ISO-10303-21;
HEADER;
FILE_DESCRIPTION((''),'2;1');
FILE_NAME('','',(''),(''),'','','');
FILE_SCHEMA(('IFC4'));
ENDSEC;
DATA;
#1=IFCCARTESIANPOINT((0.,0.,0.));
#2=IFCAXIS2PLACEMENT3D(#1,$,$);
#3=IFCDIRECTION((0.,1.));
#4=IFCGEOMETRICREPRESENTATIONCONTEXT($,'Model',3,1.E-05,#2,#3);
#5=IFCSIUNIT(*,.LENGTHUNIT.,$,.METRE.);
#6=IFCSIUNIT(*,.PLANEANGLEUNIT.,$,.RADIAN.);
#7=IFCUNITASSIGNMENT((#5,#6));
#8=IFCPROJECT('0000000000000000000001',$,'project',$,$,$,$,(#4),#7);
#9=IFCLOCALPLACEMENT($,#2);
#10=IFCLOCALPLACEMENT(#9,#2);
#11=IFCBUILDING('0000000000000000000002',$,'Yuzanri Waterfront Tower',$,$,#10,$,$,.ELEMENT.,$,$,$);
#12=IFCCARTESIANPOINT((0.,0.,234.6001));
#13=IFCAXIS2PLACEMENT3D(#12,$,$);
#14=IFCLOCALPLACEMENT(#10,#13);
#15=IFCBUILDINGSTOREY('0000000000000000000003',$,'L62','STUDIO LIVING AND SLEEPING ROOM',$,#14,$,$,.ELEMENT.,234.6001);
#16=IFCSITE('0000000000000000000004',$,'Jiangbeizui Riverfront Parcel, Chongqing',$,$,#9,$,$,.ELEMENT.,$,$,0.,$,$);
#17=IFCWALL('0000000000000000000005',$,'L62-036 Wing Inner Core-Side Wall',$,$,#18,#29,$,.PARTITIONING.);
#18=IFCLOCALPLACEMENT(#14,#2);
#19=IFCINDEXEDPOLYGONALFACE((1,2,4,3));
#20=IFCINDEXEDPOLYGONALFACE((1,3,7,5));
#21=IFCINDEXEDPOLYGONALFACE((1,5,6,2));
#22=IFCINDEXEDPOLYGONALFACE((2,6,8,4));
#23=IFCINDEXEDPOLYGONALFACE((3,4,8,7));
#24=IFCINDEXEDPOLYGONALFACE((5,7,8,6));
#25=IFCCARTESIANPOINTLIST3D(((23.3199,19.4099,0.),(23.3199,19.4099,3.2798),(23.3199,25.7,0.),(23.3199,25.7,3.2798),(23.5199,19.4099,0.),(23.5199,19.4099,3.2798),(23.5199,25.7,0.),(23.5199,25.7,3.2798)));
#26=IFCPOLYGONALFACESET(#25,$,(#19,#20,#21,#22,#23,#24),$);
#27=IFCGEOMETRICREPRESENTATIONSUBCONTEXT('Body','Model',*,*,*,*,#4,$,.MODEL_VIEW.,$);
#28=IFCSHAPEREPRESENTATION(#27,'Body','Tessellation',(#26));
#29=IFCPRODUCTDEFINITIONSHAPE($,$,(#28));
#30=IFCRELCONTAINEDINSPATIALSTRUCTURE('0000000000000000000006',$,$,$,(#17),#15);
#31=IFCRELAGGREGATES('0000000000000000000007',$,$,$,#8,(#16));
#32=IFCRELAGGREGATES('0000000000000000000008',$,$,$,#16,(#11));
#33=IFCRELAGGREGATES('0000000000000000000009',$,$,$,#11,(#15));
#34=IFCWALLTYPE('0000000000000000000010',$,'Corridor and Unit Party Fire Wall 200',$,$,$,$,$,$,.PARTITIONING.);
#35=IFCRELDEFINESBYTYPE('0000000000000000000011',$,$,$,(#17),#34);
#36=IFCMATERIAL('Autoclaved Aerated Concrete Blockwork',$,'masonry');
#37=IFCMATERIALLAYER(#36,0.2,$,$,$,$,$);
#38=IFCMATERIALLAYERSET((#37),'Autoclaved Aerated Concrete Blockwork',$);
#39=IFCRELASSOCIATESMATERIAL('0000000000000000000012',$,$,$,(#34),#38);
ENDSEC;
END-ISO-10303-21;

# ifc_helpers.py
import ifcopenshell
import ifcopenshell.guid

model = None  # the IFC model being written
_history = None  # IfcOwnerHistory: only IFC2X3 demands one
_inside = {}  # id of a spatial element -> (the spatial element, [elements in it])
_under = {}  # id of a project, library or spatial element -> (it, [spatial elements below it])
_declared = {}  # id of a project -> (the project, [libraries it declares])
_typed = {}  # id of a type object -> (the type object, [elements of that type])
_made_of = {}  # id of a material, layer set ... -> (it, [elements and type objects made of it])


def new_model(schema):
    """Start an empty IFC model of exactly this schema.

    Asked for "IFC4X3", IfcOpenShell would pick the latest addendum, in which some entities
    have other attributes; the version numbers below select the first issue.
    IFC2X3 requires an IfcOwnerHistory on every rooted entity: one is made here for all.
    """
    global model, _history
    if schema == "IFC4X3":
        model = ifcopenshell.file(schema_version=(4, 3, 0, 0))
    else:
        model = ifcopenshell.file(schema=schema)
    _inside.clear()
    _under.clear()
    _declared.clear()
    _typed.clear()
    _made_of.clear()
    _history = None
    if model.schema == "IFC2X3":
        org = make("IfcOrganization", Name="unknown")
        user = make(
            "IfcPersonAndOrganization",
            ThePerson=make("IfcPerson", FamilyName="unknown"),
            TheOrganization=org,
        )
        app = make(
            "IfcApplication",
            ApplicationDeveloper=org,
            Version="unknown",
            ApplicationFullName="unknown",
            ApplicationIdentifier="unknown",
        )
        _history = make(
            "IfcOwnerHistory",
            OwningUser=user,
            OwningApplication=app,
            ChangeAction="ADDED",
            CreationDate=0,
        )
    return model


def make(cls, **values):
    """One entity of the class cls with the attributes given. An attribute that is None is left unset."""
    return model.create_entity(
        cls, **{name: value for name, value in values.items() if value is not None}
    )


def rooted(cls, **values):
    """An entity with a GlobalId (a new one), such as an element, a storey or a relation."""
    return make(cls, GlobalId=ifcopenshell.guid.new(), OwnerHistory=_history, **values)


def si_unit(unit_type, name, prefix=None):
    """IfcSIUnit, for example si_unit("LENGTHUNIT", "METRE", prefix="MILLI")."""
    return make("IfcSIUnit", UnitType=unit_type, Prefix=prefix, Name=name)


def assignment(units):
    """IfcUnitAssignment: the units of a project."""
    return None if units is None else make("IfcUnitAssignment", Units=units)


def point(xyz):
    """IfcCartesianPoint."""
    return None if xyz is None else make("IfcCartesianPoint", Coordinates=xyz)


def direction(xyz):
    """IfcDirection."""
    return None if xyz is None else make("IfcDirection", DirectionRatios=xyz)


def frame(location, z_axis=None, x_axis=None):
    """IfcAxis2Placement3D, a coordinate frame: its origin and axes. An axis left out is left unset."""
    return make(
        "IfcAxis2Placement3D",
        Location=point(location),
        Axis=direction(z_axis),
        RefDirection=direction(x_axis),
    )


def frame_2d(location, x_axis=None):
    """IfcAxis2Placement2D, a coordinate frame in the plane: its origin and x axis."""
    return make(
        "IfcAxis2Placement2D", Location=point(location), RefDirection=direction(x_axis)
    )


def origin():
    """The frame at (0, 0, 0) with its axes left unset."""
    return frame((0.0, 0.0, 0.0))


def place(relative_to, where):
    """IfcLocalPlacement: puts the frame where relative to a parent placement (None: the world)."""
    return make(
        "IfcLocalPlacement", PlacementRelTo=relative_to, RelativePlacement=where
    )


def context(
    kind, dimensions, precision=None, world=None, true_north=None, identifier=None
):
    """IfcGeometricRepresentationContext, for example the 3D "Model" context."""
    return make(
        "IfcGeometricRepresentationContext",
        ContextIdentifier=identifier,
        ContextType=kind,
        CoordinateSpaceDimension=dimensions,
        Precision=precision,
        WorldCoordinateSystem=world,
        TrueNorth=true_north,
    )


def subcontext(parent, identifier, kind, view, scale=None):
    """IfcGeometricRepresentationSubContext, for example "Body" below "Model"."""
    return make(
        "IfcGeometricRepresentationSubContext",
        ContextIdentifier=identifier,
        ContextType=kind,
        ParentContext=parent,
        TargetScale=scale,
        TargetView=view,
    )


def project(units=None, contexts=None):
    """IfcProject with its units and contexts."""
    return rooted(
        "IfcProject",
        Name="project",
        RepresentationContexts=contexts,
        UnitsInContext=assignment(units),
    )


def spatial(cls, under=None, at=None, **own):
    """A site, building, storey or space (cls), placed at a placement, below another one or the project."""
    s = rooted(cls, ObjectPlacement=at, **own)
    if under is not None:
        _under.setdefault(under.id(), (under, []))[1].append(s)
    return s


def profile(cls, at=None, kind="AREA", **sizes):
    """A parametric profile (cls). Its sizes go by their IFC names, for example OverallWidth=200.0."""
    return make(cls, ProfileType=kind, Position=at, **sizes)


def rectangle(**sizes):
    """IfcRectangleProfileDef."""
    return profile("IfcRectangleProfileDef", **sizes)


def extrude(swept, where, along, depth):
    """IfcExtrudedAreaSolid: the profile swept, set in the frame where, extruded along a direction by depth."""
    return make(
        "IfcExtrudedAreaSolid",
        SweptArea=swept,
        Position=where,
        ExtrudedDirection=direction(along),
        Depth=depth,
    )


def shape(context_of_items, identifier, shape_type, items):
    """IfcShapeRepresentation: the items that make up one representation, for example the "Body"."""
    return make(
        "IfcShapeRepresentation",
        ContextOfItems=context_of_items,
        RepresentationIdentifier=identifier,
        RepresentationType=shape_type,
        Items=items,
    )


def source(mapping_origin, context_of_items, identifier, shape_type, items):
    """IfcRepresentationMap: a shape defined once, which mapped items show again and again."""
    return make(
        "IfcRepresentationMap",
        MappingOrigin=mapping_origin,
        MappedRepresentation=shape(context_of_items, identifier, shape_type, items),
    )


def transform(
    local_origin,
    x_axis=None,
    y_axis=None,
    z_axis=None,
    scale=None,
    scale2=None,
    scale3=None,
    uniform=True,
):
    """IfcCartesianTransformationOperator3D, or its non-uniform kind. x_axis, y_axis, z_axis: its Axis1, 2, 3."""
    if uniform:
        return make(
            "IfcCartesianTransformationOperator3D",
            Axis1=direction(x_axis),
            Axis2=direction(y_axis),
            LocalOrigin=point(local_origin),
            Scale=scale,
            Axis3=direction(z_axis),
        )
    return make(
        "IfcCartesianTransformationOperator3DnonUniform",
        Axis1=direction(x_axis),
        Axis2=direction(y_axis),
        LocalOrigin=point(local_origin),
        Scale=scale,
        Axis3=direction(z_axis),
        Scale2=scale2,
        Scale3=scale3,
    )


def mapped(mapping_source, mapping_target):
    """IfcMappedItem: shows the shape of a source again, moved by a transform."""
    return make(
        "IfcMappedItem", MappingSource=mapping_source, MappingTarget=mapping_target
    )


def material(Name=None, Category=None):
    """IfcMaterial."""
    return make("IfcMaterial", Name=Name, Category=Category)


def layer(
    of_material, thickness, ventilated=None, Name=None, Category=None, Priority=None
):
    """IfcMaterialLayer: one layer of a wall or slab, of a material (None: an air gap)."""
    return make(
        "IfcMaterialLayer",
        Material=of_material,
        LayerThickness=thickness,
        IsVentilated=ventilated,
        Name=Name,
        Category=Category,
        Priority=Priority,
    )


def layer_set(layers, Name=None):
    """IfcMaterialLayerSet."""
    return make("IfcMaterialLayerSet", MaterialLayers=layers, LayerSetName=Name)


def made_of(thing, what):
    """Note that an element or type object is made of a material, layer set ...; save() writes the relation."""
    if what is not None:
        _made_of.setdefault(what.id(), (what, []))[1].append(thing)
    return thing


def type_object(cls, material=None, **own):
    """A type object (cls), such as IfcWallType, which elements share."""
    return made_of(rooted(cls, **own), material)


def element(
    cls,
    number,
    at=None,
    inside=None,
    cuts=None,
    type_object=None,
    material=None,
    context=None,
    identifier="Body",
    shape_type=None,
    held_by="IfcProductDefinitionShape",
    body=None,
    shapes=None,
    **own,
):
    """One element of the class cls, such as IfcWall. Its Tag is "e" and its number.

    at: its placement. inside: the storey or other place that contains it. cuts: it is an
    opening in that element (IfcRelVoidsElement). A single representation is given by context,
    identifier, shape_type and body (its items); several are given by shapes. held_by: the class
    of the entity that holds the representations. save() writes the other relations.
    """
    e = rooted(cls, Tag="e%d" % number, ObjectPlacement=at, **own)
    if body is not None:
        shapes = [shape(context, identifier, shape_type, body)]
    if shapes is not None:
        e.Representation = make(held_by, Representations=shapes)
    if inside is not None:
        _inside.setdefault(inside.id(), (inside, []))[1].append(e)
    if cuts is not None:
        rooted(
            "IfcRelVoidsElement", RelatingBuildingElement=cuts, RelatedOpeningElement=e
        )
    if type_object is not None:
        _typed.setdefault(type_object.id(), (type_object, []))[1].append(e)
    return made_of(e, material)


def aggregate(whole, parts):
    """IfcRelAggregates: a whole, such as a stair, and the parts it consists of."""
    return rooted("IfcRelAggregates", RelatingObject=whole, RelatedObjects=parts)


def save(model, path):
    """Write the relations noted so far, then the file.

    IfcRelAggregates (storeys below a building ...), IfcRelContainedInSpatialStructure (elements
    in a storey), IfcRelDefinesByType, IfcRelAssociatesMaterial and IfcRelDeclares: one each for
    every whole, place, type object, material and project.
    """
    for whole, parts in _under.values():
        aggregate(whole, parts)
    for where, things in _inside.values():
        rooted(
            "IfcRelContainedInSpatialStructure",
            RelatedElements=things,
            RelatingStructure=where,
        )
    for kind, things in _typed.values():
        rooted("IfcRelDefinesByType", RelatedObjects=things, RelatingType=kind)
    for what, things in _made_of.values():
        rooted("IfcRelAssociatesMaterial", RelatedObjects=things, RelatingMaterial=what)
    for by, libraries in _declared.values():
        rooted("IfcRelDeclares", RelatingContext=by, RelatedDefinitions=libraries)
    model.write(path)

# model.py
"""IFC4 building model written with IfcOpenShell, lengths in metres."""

from ifc_helpers import new_model, si_unit, direction, frame, frame_2d, origin, place, context, subcontext, project, spatial, rectangle, extrude, source, transform, mapped, material, layer, layer_set, type_object, element, save


model = new_model("IFC4")

# Units and contexts
model_context = context("Model", 3, precision=1e-05, world=origin(), true_north=direction((0.0, 1.0)))
body_context = subcontext(model_context, "Body", "Model", "MODEL_VIEW")
ifc_project = project(units=[si_unit("LENGTHUNIT", "METRE"), si_unit("PLANEANGLEUNIT", "RADIAN")], contexts=[model_context])

# Site, building, storey
site_placement = place(None, origin())
site = spatial("IfcSite", under=ifc_project, at=site_placement, Name="Jiangbeizui Riverfront Parcel, Chongqing", CompositionType="ELEMENT", RefElevation=0.0)
building_placement = place(site_placement, origin())
building = spatial("IfcBuilding", under=site, at=building_placement, Name="Yuzanri Waterfront Tower", CompositionType="ELEMENT")
storey_placement = place(building_placement, frame((0.0, 0.0, 234.6001)))
storey = spatial("IfcBuildingStorey", under=building, at=storey_placement, Name="L62", Description="STUDIO LIVING AND SLEEPING ROOM", CompositionType="ELEMENT", Elevation=234.6001)

# Wall
ifc_material_1 = material(Name="Autoclaved Aerated Concrete Blockwork", Category="masonry")
ifc_layer_1 = layer(ifc_material_1, 0.2)
ifc_layer_set_1 = layer_set([ifc_layer_1], Name="Autoclaved Aerated Concrete Blockwork")
wall_type_1 = type_object("IfcWallType", Name="Corridor and Unit Party Fire Wall 200", PredefinedType="PARTITIONING", material=ifc_layer_set_1)
shared_shape_1 = source(origin(), body_context, "Body", "SweptSolid", [
    extrude(rectangle(XDim=6.29, YDim=0.2, at=frame_2d((3.145, 0.0))), origin(), (0.0, 0.0, 1.0), 3.2798),
])
wall_1_placement = place(storey_placement, frame((23.4199, 19.4099, 0.0), z_axis=(0.0, 0.0, 1.0), x_axis=(0.0, 1.0, 0.0)))
element("IfcWall", 1, at=wall_1_placement, inside=storey, type_object=wall_type_1, Name="L62-036 Wing Inner Core-Side Wall", PredefinedType="PARTITIONING", context=body_context, shape_type="MappedRepresentation", body=[
    mapped(shared_shape_1, transform((0.0, 0.0, 0.0), scale=1.0)),
])

save(model, "model.ifc")
